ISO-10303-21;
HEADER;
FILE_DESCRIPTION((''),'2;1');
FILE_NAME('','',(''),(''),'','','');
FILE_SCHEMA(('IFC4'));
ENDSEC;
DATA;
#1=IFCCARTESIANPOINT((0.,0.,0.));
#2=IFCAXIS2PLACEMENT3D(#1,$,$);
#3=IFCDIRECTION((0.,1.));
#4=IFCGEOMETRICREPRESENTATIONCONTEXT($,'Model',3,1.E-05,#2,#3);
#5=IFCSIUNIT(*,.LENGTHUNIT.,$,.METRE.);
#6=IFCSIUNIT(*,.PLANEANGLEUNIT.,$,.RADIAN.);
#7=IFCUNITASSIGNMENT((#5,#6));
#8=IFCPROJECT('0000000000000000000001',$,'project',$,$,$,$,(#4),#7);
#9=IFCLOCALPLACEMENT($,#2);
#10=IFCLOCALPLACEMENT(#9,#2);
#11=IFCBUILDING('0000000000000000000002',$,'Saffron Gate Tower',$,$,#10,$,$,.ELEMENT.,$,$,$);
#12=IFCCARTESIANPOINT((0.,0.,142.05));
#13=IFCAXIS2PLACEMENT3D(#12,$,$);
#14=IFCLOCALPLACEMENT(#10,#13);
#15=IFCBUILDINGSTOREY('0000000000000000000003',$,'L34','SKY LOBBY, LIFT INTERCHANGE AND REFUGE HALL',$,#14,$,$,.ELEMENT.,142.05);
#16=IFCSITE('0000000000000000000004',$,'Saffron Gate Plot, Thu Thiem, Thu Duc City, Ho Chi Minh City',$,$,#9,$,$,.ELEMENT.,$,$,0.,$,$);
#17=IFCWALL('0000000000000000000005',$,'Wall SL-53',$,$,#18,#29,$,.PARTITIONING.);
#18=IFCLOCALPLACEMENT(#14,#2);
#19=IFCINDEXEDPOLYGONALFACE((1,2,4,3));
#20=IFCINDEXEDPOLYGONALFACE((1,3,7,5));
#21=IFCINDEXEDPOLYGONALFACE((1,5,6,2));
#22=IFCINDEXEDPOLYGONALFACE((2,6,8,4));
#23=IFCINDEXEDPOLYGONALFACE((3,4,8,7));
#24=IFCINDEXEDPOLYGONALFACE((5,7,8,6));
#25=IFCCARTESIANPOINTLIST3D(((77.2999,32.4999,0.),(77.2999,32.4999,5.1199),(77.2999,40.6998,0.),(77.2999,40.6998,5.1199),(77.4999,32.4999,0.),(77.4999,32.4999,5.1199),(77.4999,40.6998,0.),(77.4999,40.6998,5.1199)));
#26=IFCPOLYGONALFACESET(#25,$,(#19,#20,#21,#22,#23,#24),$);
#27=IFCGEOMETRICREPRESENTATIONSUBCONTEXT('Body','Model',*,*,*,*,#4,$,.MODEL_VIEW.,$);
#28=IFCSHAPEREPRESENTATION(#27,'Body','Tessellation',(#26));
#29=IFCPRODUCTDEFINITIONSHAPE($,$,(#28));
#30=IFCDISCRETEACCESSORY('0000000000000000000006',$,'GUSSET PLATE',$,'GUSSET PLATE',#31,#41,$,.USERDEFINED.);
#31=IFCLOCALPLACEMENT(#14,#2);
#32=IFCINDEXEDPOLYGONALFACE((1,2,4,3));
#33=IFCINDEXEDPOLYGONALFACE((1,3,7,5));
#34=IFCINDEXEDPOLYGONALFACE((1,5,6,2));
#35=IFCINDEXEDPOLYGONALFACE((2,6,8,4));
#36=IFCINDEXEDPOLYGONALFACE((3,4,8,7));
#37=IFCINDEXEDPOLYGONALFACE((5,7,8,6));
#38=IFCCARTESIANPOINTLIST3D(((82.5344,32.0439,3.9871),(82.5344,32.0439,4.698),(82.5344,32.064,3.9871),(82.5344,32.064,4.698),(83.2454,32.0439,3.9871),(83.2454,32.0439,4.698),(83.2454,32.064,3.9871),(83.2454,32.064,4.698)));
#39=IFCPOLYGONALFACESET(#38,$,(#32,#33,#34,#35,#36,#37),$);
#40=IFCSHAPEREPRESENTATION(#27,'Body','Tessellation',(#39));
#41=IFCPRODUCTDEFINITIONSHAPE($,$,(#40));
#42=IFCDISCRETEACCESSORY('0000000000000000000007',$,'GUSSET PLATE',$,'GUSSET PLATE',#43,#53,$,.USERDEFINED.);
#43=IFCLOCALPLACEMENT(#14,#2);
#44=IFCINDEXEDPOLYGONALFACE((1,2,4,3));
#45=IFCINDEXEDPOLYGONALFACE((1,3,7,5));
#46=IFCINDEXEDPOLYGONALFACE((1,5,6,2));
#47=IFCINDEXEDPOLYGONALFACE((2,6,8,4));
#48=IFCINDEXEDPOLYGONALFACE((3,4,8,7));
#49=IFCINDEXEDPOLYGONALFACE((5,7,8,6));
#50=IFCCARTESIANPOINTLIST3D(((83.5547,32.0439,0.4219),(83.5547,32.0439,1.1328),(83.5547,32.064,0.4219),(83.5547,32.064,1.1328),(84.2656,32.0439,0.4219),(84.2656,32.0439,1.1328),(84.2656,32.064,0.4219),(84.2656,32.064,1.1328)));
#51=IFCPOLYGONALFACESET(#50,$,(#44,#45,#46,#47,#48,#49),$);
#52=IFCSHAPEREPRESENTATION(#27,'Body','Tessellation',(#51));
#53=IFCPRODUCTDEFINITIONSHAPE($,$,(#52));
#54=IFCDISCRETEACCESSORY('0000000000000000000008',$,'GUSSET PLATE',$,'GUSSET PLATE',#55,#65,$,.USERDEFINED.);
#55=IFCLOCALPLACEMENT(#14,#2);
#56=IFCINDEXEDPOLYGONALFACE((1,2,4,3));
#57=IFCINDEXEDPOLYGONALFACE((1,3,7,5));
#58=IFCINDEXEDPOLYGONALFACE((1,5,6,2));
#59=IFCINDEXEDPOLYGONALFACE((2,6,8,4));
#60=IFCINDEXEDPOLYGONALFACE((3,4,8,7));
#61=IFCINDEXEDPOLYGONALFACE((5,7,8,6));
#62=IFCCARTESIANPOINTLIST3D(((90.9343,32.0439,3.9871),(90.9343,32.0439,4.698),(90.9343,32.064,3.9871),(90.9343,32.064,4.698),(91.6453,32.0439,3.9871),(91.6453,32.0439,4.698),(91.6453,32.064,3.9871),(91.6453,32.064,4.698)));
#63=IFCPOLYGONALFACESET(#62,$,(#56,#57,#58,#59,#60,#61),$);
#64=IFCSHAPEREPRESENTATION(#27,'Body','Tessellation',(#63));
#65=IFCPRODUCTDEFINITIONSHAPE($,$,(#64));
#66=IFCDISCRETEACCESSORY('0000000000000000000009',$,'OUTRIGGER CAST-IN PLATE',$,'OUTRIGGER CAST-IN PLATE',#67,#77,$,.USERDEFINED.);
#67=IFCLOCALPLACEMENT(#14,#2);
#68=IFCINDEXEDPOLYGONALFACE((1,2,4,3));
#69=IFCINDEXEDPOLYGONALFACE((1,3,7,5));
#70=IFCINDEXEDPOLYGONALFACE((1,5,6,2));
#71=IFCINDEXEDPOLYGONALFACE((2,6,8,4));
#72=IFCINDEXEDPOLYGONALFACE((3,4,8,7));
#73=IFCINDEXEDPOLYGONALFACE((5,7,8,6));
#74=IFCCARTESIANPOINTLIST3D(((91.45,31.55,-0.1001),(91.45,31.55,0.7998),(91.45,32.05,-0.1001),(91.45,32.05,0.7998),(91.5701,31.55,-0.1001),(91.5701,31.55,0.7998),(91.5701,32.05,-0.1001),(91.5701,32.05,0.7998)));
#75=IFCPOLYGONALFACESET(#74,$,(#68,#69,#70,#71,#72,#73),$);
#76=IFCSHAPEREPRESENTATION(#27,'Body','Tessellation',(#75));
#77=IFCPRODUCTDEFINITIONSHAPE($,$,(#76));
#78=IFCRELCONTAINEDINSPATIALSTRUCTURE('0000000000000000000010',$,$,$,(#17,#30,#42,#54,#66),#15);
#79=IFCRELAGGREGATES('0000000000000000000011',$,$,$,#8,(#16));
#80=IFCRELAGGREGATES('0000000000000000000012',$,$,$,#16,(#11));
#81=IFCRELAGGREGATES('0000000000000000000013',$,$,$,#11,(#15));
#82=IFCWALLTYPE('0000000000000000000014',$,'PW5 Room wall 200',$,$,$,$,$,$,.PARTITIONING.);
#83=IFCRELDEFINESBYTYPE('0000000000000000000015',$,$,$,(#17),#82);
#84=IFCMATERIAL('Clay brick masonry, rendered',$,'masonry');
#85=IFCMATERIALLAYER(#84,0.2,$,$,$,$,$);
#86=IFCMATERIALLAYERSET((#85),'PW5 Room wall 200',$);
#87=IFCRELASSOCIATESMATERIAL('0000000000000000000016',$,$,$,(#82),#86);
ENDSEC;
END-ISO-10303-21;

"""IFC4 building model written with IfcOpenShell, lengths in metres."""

from ifc_helpers import new_model, si_unit, direction, frame, frame_2d, origin, origin_2d, place, context, subcontext, project, spatial, rectangle, extrude, material, layer, layer_set, type_object, element, save


model = new_model("IFC4")

# Units and contexts
model_context = context("Model", 3, precision=1e-05, world=origin(), true_north=direction((0.0, 1.0)))
body_context = subcontext(model_context, "Body", "Model", "MODEL_VIEW")
ifc_project = project(units=[si_unit("LENGTHUNIT", "METRE"), si_unit("PLANEANGLEUNIT", "RADIAN")], contexts=[model_context])

# Site, building, storey
site_placement = place(None, origin())
site = spatial("IfcSite", under=ifc_project, at=site_placement, Name="Saffron Gate Plot, Thu Thiem, Thu Duc City, Ho Chi Minh City", CompositionType="ELEMENT", RefElevation=0.0)
building_placement = place(site_placement, origin())
building = spatial("IfcBuilding", under=site, at=building_placement, Name="Saffron Gate Tower", CompositionType="ELEMENT")
storey_placement = place(building_placement, frame((0.0, 0.0, 142.05)))
storey = spatial("IfcBuildingStorey", under=building, at=storey_placement, Name="L34", Description="SKY LOBBY, LIFT INTERCHANGE AND REFUGE HALL", CompositionType="ELEMENT", Elevation=142.05)

# Wall
ifc_material_1 = material(Name="Clay brick masonry, rendered", Category="masonry")
ifc_layer_1 = layer(ifc_material_1, 0.2)
ifc_layer_set_1 = layer_set([ifc_layer_1], Name="PW5 Room wall 200")
wall_type_1 = type_object("IfcWallType", Name="PW5 Room wall 200", PredefinedType="PARTITIONING", material=ifc_layer_set_1)
wall_1_placement = place(storey_placement, frame((77.3999, 40.7, 0.0), z_axis=(0.0, 0.0, 1.0), x_axis=(0.0, -1.0, 0.0)))
element("IfcWall", 1, at=wall_1_placement, inside=storey, type_object=wall_type_1, Name="Wall SL-53", PredefinedType="PARTITIONING", context=body_context, shape_type="SweptSolid", body=[
    extrude(rectangle(XDim=8.2, YDim=0.2, at=frame_2d((4.1001, 0.0))), origin(), (0.0, 0.0, 1.0), 5.1199),
])

# Discrete accessories
for number, where, z_axis, x_axis, name in (
    (2, (82.8899, 32.054, 3.9871), (0.0, 0.0, 1.0), (1.0, 0.0, 0.0), "GUSSET PLATE"),
    (3, (83.9102, 32.054, 0.4219), (0.0, 0.0, 1.0), (1.0, 0.0, 0.0), "GUSSET PLATE"),
    (4, (91.2898, 32.054, 3.9871), (0.0, 0.0, 1.0), (1.0, 0.0, 0.0), "GUSSET PLATE"),
):
    element("IfcDiscreteAccessory", number, at=place(storey_placement, frame(where, z_axis=z_axis, x_axis=x_axis)), inside=storey, Name=name, ObjectType="GUSSET PLATE", PredefinedType="USERDEFINED", context=body_context, shape_type="SweptSolid", body=[
        extrude(rectangle(XDim=0.7109, YDim=0.02, at=origin_2d()), origin(), (0.0, 0.0, 1.0), 0.7109),
    ])
discrete_accessory_placement = place(storey_placement, frame((91.51, 31.8, -0.1001), z_axis=(0.0, 0.0, 1.0), x_axis=(1.0, 0.0, 0.0)))
element("IfcDiscreteAccessory", 5, at=discrete_accessory_placement, inside=storey, Name="OUTRIGGER CAST-IN PLATE", ObjectType="OUTRIGGER CAST-IN PLATE", PredefinedType="USERDEFINED", context=body_context, shape_type="SweptSolid", body=[
    extrude(rectangle(XDim=0.1201, YDim=0.5, at=origin_2d()), origin(), (0.0, 0.0, 1.0), 0.8999),
])

save(model, "model.ifc")
